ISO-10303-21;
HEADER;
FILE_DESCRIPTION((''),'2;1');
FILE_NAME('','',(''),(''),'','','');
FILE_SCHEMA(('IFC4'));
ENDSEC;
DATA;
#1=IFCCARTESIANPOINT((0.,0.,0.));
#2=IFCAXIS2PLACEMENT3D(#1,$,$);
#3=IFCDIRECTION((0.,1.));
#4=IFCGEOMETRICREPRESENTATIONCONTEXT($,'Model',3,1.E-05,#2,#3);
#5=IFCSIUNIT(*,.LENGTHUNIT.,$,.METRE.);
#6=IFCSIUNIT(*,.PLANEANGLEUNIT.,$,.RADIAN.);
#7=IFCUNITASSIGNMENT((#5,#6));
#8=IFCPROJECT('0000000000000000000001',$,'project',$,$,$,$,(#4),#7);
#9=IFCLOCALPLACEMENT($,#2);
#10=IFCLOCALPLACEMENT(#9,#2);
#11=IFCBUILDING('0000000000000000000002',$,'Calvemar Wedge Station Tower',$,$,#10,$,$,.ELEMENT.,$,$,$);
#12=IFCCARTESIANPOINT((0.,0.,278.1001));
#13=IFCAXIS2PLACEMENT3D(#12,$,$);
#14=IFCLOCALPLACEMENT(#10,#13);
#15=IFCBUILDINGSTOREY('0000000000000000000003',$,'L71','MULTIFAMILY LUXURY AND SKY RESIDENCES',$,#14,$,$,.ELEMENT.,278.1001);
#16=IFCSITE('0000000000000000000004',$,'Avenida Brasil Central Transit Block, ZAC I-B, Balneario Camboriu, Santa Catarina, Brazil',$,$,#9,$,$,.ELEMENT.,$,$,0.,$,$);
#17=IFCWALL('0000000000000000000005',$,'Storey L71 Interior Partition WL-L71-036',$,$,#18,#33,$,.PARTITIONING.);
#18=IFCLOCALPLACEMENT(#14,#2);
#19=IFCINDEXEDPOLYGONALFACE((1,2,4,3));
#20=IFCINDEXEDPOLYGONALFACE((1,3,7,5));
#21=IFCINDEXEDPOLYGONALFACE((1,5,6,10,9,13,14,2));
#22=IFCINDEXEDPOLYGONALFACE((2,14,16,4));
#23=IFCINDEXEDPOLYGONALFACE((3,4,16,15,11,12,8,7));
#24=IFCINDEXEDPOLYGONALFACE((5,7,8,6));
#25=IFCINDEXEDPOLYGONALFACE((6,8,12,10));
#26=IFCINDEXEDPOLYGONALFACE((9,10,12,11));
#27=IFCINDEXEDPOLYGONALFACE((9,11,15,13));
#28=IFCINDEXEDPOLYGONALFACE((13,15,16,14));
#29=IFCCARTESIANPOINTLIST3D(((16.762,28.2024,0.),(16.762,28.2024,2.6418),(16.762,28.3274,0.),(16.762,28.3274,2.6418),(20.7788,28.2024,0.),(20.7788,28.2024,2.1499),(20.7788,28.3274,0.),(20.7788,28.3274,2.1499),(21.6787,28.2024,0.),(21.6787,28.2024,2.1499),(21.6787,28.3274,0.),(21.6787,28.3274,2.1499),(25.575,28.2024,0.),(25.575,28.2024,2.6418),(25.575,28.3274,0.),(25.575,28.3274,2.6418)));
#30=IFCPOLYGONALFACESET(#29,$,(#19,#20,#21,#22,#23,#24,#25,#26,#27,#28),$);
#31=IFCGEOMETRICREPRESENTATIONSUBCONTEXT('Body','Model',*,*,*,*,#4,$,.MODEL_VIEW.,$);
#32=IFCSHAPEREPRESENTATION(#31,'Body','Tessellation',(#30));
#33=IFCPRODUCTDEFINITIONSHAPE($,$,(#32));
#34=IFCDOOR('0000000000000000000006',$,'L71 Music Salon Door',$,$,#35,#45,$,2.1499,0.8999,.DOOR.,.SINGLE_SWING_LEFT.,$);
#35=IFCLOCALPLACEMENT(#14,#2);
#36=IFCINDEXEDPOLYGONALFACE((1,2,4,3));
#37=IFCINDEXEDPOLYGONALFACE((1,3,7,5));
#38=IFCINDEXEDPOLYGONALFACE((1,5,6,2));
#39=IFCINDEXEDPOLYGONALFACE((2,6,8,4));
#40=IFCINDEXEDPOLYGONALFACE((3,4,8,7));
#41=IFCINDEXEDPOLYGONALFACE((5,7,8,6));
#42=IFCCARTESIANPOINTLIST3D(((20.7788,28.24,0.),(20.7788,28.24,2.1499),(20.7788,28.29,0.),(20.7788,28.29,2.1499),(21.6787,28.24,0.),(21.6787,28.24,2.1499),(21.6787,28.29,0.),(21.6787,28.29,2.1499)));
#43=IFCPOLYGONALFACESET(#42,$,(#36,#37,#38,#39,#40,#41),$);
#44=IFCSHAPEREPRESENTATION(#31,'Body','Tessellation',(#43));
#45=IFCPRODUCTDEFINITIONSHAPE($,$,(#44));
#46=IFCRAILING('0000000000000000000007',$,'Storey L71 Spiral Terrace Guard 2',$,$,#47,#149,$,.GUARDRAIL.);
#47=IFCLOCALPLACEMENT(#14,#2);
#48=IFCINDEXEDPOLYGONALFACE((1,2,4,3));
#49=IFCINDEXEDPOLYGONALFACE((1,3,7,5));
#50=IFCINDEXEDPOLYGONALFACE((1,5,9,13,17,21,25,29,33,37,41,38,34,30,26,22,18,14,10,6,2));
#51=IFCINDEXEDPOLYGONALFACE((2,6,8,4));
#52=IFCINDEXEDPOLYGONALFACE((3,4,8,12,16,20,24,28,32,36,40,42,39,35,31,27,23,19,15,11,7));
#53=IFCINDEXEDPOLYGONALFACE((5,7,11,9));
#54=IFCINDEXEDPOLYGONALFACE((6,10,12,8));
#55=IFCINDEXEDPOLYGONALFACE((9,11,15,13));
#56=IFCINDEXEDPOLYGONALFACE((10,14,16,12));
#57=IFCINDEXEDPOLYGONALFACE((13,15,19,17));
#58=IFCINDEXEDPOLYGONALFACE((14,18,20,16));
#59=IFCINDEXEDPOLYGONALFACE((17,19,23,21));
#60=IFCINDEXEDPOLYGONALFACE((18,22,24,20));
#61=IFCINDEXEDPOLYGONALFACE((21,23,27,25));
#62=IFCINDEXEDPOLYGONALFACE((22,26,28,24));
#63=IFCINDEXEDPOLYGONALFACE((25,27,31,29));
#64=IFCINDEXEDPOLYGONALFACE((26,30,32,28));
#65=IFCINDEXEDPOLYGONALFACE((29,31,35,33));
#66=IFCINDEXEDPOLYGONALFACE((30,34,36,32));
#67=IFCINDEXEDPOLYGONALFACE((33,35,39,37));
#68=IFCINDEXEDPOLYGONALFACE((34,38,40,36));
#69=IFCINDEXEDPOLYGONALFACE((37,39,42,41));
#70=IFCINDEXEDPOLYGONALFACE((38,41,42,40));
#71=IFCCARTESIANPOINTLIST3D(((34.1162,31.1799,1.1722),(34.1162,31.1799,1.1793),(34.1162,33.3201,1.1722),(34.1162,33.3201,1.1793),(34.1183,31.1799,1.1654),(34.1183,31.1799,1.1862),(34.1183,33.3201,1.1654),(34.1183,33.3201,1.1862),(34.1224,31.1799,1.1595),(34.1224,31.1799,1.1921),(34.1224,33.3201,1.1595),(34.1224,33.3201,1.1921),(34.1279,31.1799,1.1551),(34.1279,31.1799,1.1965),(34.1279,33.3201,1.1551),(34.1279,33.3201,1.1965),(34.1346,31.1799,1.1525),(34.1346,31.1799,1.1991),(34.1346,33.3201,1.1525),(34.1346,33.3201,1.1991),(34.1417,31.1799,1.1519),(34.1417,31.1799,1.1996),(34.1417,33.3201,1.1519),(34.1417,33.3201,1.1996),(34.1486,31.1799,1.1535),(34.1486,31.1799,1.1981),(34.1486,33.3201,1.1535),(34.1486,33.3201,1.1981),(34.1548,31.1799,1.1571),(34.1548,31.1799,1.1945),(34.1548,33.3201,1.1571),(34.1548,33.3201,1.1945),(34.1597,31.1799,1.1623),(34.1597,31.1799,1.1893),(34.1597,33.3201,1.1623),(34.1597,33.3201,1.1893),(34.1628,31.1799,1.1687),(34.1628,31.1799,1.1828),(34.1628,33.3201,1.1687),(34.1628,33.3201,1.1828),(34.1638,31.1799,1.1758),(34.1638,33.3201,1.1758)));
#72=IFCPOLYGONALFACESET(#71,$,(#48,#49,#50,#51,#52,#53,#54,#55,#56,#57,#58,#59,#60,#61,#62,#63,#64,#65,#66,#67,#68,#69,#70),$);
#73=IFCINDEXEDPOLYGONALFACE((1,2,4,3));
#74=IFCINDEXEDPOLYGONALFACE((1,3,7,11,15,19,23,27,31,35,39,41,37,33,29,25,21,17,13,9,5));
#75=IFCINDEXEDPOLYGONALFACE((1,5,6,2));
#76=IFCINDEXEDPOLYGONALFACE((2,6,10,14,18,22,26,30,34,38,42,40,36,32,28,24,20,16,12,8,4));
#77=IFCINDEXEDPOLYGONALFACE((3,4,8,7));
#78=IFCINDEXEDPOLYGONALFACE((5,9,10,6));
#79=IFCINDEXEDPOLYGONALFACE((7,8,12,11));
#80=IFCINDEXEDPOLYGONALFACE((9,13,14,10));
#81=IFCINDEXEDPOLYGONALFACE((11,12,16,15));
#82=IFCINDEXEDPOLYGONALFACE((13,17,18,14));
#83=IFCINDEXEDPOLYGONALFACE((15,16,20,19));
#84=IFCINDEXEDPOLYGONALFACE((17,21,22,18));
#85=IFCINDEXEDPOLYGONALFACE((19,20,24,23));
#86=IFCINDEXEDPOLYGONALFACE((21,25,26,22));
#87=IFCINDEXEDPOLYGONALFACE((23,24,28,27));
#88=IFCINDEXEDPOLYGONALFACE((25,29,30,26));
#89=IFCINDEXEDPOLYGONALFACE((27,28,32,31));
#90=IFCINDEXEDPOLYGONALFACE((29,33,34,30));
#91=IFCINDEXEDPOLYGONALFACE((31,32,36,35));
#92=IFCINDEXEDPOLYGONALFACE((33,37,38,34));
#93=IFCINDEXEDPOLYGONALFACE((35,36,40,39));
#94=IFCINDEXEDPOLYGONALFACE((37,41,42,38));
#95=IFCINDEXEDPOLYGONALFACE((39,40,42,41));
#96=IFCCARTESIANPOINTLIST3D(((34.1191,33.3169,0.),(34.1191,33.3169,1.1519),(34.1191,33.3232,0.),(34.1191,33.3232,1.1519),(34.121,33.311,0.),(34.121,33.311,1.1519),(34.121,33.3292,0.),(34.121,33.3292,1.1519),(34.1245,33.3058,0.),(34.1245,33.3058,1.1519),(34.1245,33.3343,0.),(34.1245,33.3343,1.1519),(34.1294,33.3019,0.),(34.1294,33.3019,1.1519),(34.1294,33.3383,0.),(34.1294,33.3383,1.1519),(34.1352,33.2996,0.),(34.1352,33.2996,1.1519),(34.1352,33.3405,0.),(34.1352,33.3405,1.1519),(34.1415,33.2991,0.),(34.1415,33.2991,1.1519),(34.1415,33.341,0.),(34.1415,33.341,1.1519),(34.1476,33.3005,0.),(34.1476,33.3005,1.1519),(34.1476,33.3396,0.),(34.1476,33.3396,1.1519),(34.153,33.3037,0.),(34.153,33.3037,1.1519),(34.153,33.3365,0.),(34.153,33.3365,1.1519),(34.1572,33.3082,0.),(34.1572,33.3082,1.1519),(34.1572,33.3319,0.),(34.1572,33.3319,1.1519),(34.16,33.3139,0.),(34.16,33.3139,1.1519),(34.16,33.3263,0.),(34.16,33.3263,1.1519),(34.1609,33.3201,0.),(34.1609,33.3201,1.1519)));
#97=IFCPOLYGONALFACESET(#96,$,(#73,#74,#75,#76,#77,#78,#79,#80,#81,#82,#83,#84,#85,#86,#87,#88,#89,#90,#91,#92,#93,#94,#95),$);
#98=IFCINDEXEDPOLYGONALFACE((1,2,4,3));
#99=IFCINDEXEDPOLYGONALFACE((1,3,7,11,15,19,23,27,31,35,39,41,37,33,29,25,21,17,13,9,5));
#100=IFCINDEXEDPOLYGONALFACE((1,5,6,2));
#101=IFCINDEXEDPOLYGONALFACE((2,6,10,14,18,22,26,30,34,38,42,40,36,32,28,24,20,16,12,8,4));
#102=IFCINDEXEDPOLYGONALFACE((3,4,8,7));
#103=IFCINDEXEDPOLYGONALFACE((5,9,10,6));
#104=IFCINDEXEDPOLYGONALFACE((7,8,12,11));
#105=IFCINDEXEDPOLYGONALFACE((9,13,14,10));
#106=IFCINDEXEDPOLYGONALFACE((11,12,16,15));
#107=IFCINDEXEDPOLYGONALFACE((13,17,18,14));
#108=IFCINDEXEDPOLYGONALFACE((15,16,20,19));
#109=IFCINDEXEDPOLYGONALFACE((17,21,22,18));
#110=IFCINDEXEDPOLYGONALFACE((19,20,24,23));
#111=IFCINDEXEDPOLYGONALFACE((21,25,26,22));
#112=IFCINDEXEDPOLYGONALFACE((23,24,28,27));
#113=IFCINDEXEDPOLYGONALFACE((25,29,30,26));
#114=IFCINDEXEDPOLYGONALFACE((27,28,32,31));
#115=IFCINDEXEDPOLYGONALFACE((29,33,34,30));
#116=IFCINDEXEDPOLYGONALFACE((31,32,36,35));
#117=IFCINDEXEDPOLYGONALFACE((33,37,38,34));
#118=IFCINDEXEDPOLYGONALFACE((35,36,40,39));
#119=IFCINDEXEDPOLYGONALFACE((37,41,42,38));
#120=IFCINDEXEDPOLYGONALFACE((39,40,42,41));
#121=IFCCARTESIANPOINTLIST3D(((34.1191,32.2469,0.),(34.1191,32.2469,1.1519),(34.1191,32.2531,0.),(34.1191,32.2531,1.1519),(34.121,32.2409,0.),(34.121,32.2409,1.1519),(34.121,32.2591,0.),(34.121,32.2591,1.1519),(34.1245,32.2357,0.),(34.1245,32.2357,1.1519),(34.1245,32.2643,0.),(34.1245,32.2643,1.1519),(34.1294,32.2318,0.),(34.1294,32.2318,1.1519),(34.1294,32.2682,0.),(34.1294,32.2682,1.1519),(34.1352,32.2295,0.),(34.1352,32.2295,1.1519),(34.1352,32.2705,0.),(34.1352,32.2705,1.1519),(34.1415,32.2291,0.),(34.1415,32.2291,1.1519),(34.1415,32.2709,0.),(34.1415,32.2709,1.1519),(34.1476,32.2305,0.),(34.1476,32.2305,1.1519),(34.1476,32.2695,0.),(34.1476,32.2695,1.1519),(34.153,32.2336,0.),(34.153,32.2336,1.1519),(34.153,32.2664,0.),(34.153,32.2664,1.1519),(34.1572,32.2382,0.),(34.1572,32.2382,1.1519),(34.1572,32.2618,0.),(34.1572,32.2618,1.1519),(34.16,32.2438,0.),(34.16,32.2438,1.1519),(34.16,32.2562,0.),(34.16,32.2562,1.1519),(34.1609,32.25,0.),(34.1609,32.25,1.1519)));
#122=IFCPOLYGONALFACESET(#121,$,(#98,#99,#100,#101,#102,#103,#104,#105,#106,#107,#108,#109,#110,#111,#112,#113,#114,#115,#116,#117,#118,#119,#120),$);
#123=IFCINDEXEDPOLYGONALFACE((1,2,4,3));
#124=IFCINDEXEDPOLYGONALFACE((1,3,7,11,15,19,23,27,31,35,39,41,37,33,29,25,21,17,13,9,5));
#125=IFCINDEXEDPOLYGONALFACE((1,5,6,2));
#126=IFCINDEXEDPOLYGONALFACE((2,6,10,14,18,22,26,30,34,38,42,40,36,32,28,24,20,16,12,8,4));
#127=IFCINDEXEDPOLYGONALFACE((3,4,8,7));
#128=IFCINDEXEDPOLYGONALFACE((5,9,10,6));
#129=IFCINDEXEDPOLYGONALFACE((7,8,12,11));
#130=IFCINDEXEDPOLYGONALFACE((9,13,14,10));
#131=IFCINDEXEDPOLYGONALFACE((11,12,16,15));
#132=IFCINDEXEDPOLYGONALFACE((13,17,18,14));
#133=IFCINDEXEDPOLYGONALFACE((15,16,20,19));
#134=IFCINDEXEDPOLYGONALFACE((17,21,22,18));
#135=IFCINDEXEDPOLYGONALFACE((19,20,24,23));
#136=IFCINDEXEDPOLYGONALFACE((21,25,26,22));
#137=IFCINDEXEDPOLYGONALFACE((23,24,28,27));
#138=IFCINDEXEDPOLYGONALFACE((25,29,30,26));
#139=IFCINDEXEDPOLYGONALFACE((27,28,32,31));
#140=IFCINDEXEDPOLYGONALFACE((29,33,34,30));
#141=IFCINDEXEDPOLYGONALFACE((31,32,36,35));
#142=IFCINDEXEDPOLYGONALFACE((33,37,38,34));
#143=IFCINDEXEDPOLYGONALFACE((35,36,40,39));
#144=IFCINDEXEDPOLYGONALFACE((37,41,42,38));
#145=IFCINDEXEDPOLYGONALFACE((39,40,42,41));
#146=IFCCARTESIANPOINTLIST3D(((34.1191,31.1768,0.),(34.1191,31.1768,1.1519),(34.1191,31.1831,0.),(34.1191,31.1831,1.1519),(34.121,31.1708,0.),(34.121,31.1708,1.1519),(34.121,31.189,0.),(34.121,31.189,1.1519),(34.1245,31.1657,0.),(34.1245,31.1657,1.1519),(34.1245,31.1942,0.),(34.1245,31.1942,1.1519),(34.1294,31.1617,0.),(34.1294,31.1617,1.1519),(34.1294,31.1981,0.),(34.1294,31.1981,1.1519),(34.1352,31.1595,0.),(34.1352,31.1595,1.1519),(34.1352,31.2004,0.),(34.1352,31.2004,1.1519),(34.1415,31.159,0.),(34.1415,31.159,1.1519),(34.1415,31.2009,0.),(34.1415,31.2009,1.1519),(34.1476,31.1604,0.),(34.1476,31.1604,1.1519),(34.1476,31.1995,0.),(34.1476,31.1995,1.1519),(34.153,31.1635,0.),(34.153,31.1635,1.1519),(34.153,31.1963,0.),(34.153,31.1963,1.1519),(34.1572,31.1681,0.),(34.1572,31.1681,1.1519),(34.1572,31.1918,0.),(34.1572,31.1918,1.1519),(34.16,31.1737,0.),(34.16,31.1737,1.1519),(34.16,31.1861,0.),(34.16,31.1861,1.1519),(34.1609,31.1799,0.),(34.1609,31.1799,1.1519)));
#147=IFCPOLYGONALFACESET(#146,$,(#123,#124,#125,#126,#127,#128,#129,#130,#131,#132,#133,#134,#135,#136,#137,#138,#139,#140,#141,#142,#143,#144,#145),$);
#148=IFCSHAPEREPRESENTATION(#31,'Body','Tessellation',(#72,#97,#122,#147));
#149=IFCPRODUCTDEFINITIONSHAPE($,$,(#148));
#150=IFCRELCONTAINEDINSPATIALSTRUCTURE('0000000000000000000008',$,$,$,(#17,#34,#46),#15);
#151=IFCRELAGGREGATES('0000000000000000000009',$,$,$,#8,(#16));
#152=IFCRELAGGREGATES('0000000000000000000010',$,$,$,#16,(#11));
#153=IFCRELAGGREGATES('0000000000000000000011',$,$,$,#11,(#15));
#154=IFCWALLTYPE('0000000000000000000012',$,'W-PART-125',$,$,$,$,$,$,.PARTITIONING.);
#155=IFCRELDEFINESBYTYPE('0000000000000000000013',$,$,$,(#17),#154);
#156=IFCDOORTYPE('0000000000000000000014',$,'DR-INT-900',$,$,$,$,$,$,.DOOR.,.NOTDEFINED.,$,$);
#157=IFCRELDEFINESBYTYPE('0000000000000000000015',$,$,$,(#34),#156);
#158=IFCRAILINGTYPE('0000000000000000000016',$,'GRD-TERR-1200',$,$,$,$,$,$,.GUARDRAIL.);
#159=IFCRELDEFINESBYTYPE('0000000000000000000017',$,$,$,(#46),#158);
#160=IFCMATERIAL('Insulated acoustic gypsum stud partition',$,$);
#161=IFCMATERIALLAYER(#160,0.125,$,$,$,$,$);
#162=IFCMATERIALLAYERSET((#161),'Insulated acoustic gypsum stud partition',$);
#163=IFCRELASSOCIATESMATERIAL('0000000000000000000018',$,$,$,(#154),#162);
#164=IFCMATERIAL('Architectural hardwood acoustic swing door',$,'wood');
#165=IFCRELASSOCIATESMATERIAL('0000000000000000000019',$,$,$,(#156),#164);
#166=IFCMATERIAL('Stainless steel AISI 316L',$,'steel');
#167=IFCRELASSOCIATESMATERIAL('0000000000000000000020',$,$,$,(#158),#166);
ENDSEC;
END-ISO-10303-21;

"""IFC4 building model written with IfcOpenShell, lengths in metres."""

from ifc_helpers import new_model, si_unit, direction, frame, frame_2d, origin, origin_2d, place, context, subcontext, project, spatial, rectangle, circle, extrude, source, transform, mapped, material, layer, layer_set, type_object, element, fill, save


model = new_model("IFC4")

# Units and contexts
model_context = context("Model", 3, precision=1e-05, world=origin(), true_north=direction((0.0, 1.0)))
body_context = subcontext(model_context, "Body", "Model", "MODEL_VIEW")
ifc_project = project(units=[si_unit("LENGTHUNIT", "METRE"), si_unit("PLANEANGLEUNIT", "RADIAN")], contexts=[model_context])

# Site, building, storey
site_placement = place(None, origin())
site = spatial("IfcSite", under=ifc_project, at=site_placement, Name="Avenida Brasil Central Transit Block, ZAC I-B, Balneario Camboriu, Santa Catarina, Brazil", CompositionType="ELEMENT", RefElevation=0.0)
building_placement = place(site_placement, origin())
building = spatial("IfcBuilding", under=site, at=building_placement, Name="Calvemar Wedge Station Tower", CompositionType="ELEMENT")
storey_placement = place(building_placement, frame((0.0, 0.0, 278.1001)))
storey = spatial("IfcBuildingStorey", under=building, at=storey_placement, Name="L71", Description="MULTIFAMILY LUXURY AND SKY RESIDENCES", CompositionType="ELEMENT", Elevation=278.1001)

# Wall, opening, door
ifc_material_1 = material(Name="Insulated acoustic gypsum stud partition")
ifc_layer_1 = layer(ifc_material_1, 0.125)
ifc_layer_set_1 = layer_set([ifc_layer_1], Name="Insulated acoustic gypsum stud partition")
wall_type_1 = type_object("IfcWallType", Name="W-PART-125", PredefinedType="PARTITIONING", material=ifc_layer_set_1)
wall_1_placement = place(storey_placement, frame((25.575, 28.2649, 0.0), z_axis=(0.0, 0.0, 1.0), x_axis=(-1.0, 0.0, 0.0)))
wall_1 = element("IfcWall", 1, at=wall_1_placement, inside=storey, type_object=wall_type_1, Name="Storey L71 Interior Partition WL-L71-036", PredefinedType="PARTITIONING", context=body_context, shape_type="SweptSolid", body=[
    extrude(rectangle(XDim=8.813, YDim=0.125, at=frame_2d((4.4065, 0.0))), origin(), (0.0, 0.0, 1.0), 2.6418),
])
shared_shape_1 = source(origin(), body_context, "Body", "SweptSolid", [
    extrude(rectangle(XDim=0.8999, YDim=2.1499, at=frame_2d((0.45, 1.075))), frame((0.0, 0.0725, 0.0), z_axis=(0.0, -1.0, 0.0), x_axis=(1.0, 0.0, 0.0)), (0.0, 0.0, 1.0), 0.145),
])
opening_1_placement = place(wall_1_placement, frame((3.8962, 0.0, 0.0)))
opening_1 = element("IfcOpeningElement", 2, at=opening_1_placement, cuts=wall_1, PredefinedType="OPENING", context=body_context, shape_type="MappedRepresentation", body=[
    mapped(shared_shape_1, transform((0.0, 0.0, 0.0), scale=1.0)),
])
ifc_material_2 = material(Name="Architectural hardwood acoustic swing door", Category="wood")
door_type_1 = type_object("IfcDoorType", Name="DR-INT-900", OperationType="NOTDEFINED", PredefinedType="DOOR", material=ifc_material_2)
shared_shape_2 = source(origin(), body_context, "Body", "SweptSolid", [
    extrude(rectangle(XDim=0.8999, YDim=2.1499, at=frame_2d((0.45, 1.075))), frame((0.0, 0.0249, 0.0), z_axis=(0.0, -1.0, 0.0), x_axis=(1.0, 0.0, 0.0)), (0.0, 0.0, 1.0), 0.05),
])
door_1_placement = place(opening_1_placement, origin())
door_1 = element("IfcDoor", 3, at=door_1_placement, inside=storey, type_object=door_type_1, Name="L71 Music Salon Door", OperationType="SINGLE_SWING_LEFT", OverallHeight=2.1499, OverallWidth=0.8999, PredefinedType="DOOR", context=body_context, shape_type="MappedRepresentation", body=[
    mapped(shared_shape_2, transform((0.0, 0.0, 0.0), scale=1.0)),
])
fill(opening_1, door_1)

# Railing
ifc_material_3 = material(Name="Stainless steel AISI 316L", Category="steel")
railing_type = type_object("IfcRailingType", Name="GRD-TERR-1200", PredefinedType="GUARDRAIL", material=ifc_material_3)
railing_1_placement = place(storey_placement, frame((34.1399, 33.3201, 0.0)))
element("IfcRailing", 4, at=railing_1_placement, inside=storey, type_object=railing_type, Name="Storey L71 Spiral Terrace Guard 2", PredefinedType="GUARDRAIL", context=body_context, shape_type="SweptSolid", body=[
    extrude(circle(Radius=0.0239, at=origin_2d()), frame((0.0, 0.0, 1.1758), z_axis=(0.0, -1.0, 0.0), x_axis=(1.0, 0.0, 0.0)), (0.0, 0.0, 1.0), 2.1401),
    extrude(circle(Radius=0.021, at=origin_2d()), origin(), (0.0, 0.0, 1.0), 1.1519),
    extrude(circle(Radius=0.021, at=origin_2d()), frame((0.0, -1.0701, 0.0)), (0.0, 0.0, 1.0), 1.1519),
    extrude(circle(Radius=0.021, at=origin_2d()), frame((0.0, -2.1401, 0.0)), (0.0, 0.0, 1.0), 1.1519),
])

save(model, "model.ifc")
